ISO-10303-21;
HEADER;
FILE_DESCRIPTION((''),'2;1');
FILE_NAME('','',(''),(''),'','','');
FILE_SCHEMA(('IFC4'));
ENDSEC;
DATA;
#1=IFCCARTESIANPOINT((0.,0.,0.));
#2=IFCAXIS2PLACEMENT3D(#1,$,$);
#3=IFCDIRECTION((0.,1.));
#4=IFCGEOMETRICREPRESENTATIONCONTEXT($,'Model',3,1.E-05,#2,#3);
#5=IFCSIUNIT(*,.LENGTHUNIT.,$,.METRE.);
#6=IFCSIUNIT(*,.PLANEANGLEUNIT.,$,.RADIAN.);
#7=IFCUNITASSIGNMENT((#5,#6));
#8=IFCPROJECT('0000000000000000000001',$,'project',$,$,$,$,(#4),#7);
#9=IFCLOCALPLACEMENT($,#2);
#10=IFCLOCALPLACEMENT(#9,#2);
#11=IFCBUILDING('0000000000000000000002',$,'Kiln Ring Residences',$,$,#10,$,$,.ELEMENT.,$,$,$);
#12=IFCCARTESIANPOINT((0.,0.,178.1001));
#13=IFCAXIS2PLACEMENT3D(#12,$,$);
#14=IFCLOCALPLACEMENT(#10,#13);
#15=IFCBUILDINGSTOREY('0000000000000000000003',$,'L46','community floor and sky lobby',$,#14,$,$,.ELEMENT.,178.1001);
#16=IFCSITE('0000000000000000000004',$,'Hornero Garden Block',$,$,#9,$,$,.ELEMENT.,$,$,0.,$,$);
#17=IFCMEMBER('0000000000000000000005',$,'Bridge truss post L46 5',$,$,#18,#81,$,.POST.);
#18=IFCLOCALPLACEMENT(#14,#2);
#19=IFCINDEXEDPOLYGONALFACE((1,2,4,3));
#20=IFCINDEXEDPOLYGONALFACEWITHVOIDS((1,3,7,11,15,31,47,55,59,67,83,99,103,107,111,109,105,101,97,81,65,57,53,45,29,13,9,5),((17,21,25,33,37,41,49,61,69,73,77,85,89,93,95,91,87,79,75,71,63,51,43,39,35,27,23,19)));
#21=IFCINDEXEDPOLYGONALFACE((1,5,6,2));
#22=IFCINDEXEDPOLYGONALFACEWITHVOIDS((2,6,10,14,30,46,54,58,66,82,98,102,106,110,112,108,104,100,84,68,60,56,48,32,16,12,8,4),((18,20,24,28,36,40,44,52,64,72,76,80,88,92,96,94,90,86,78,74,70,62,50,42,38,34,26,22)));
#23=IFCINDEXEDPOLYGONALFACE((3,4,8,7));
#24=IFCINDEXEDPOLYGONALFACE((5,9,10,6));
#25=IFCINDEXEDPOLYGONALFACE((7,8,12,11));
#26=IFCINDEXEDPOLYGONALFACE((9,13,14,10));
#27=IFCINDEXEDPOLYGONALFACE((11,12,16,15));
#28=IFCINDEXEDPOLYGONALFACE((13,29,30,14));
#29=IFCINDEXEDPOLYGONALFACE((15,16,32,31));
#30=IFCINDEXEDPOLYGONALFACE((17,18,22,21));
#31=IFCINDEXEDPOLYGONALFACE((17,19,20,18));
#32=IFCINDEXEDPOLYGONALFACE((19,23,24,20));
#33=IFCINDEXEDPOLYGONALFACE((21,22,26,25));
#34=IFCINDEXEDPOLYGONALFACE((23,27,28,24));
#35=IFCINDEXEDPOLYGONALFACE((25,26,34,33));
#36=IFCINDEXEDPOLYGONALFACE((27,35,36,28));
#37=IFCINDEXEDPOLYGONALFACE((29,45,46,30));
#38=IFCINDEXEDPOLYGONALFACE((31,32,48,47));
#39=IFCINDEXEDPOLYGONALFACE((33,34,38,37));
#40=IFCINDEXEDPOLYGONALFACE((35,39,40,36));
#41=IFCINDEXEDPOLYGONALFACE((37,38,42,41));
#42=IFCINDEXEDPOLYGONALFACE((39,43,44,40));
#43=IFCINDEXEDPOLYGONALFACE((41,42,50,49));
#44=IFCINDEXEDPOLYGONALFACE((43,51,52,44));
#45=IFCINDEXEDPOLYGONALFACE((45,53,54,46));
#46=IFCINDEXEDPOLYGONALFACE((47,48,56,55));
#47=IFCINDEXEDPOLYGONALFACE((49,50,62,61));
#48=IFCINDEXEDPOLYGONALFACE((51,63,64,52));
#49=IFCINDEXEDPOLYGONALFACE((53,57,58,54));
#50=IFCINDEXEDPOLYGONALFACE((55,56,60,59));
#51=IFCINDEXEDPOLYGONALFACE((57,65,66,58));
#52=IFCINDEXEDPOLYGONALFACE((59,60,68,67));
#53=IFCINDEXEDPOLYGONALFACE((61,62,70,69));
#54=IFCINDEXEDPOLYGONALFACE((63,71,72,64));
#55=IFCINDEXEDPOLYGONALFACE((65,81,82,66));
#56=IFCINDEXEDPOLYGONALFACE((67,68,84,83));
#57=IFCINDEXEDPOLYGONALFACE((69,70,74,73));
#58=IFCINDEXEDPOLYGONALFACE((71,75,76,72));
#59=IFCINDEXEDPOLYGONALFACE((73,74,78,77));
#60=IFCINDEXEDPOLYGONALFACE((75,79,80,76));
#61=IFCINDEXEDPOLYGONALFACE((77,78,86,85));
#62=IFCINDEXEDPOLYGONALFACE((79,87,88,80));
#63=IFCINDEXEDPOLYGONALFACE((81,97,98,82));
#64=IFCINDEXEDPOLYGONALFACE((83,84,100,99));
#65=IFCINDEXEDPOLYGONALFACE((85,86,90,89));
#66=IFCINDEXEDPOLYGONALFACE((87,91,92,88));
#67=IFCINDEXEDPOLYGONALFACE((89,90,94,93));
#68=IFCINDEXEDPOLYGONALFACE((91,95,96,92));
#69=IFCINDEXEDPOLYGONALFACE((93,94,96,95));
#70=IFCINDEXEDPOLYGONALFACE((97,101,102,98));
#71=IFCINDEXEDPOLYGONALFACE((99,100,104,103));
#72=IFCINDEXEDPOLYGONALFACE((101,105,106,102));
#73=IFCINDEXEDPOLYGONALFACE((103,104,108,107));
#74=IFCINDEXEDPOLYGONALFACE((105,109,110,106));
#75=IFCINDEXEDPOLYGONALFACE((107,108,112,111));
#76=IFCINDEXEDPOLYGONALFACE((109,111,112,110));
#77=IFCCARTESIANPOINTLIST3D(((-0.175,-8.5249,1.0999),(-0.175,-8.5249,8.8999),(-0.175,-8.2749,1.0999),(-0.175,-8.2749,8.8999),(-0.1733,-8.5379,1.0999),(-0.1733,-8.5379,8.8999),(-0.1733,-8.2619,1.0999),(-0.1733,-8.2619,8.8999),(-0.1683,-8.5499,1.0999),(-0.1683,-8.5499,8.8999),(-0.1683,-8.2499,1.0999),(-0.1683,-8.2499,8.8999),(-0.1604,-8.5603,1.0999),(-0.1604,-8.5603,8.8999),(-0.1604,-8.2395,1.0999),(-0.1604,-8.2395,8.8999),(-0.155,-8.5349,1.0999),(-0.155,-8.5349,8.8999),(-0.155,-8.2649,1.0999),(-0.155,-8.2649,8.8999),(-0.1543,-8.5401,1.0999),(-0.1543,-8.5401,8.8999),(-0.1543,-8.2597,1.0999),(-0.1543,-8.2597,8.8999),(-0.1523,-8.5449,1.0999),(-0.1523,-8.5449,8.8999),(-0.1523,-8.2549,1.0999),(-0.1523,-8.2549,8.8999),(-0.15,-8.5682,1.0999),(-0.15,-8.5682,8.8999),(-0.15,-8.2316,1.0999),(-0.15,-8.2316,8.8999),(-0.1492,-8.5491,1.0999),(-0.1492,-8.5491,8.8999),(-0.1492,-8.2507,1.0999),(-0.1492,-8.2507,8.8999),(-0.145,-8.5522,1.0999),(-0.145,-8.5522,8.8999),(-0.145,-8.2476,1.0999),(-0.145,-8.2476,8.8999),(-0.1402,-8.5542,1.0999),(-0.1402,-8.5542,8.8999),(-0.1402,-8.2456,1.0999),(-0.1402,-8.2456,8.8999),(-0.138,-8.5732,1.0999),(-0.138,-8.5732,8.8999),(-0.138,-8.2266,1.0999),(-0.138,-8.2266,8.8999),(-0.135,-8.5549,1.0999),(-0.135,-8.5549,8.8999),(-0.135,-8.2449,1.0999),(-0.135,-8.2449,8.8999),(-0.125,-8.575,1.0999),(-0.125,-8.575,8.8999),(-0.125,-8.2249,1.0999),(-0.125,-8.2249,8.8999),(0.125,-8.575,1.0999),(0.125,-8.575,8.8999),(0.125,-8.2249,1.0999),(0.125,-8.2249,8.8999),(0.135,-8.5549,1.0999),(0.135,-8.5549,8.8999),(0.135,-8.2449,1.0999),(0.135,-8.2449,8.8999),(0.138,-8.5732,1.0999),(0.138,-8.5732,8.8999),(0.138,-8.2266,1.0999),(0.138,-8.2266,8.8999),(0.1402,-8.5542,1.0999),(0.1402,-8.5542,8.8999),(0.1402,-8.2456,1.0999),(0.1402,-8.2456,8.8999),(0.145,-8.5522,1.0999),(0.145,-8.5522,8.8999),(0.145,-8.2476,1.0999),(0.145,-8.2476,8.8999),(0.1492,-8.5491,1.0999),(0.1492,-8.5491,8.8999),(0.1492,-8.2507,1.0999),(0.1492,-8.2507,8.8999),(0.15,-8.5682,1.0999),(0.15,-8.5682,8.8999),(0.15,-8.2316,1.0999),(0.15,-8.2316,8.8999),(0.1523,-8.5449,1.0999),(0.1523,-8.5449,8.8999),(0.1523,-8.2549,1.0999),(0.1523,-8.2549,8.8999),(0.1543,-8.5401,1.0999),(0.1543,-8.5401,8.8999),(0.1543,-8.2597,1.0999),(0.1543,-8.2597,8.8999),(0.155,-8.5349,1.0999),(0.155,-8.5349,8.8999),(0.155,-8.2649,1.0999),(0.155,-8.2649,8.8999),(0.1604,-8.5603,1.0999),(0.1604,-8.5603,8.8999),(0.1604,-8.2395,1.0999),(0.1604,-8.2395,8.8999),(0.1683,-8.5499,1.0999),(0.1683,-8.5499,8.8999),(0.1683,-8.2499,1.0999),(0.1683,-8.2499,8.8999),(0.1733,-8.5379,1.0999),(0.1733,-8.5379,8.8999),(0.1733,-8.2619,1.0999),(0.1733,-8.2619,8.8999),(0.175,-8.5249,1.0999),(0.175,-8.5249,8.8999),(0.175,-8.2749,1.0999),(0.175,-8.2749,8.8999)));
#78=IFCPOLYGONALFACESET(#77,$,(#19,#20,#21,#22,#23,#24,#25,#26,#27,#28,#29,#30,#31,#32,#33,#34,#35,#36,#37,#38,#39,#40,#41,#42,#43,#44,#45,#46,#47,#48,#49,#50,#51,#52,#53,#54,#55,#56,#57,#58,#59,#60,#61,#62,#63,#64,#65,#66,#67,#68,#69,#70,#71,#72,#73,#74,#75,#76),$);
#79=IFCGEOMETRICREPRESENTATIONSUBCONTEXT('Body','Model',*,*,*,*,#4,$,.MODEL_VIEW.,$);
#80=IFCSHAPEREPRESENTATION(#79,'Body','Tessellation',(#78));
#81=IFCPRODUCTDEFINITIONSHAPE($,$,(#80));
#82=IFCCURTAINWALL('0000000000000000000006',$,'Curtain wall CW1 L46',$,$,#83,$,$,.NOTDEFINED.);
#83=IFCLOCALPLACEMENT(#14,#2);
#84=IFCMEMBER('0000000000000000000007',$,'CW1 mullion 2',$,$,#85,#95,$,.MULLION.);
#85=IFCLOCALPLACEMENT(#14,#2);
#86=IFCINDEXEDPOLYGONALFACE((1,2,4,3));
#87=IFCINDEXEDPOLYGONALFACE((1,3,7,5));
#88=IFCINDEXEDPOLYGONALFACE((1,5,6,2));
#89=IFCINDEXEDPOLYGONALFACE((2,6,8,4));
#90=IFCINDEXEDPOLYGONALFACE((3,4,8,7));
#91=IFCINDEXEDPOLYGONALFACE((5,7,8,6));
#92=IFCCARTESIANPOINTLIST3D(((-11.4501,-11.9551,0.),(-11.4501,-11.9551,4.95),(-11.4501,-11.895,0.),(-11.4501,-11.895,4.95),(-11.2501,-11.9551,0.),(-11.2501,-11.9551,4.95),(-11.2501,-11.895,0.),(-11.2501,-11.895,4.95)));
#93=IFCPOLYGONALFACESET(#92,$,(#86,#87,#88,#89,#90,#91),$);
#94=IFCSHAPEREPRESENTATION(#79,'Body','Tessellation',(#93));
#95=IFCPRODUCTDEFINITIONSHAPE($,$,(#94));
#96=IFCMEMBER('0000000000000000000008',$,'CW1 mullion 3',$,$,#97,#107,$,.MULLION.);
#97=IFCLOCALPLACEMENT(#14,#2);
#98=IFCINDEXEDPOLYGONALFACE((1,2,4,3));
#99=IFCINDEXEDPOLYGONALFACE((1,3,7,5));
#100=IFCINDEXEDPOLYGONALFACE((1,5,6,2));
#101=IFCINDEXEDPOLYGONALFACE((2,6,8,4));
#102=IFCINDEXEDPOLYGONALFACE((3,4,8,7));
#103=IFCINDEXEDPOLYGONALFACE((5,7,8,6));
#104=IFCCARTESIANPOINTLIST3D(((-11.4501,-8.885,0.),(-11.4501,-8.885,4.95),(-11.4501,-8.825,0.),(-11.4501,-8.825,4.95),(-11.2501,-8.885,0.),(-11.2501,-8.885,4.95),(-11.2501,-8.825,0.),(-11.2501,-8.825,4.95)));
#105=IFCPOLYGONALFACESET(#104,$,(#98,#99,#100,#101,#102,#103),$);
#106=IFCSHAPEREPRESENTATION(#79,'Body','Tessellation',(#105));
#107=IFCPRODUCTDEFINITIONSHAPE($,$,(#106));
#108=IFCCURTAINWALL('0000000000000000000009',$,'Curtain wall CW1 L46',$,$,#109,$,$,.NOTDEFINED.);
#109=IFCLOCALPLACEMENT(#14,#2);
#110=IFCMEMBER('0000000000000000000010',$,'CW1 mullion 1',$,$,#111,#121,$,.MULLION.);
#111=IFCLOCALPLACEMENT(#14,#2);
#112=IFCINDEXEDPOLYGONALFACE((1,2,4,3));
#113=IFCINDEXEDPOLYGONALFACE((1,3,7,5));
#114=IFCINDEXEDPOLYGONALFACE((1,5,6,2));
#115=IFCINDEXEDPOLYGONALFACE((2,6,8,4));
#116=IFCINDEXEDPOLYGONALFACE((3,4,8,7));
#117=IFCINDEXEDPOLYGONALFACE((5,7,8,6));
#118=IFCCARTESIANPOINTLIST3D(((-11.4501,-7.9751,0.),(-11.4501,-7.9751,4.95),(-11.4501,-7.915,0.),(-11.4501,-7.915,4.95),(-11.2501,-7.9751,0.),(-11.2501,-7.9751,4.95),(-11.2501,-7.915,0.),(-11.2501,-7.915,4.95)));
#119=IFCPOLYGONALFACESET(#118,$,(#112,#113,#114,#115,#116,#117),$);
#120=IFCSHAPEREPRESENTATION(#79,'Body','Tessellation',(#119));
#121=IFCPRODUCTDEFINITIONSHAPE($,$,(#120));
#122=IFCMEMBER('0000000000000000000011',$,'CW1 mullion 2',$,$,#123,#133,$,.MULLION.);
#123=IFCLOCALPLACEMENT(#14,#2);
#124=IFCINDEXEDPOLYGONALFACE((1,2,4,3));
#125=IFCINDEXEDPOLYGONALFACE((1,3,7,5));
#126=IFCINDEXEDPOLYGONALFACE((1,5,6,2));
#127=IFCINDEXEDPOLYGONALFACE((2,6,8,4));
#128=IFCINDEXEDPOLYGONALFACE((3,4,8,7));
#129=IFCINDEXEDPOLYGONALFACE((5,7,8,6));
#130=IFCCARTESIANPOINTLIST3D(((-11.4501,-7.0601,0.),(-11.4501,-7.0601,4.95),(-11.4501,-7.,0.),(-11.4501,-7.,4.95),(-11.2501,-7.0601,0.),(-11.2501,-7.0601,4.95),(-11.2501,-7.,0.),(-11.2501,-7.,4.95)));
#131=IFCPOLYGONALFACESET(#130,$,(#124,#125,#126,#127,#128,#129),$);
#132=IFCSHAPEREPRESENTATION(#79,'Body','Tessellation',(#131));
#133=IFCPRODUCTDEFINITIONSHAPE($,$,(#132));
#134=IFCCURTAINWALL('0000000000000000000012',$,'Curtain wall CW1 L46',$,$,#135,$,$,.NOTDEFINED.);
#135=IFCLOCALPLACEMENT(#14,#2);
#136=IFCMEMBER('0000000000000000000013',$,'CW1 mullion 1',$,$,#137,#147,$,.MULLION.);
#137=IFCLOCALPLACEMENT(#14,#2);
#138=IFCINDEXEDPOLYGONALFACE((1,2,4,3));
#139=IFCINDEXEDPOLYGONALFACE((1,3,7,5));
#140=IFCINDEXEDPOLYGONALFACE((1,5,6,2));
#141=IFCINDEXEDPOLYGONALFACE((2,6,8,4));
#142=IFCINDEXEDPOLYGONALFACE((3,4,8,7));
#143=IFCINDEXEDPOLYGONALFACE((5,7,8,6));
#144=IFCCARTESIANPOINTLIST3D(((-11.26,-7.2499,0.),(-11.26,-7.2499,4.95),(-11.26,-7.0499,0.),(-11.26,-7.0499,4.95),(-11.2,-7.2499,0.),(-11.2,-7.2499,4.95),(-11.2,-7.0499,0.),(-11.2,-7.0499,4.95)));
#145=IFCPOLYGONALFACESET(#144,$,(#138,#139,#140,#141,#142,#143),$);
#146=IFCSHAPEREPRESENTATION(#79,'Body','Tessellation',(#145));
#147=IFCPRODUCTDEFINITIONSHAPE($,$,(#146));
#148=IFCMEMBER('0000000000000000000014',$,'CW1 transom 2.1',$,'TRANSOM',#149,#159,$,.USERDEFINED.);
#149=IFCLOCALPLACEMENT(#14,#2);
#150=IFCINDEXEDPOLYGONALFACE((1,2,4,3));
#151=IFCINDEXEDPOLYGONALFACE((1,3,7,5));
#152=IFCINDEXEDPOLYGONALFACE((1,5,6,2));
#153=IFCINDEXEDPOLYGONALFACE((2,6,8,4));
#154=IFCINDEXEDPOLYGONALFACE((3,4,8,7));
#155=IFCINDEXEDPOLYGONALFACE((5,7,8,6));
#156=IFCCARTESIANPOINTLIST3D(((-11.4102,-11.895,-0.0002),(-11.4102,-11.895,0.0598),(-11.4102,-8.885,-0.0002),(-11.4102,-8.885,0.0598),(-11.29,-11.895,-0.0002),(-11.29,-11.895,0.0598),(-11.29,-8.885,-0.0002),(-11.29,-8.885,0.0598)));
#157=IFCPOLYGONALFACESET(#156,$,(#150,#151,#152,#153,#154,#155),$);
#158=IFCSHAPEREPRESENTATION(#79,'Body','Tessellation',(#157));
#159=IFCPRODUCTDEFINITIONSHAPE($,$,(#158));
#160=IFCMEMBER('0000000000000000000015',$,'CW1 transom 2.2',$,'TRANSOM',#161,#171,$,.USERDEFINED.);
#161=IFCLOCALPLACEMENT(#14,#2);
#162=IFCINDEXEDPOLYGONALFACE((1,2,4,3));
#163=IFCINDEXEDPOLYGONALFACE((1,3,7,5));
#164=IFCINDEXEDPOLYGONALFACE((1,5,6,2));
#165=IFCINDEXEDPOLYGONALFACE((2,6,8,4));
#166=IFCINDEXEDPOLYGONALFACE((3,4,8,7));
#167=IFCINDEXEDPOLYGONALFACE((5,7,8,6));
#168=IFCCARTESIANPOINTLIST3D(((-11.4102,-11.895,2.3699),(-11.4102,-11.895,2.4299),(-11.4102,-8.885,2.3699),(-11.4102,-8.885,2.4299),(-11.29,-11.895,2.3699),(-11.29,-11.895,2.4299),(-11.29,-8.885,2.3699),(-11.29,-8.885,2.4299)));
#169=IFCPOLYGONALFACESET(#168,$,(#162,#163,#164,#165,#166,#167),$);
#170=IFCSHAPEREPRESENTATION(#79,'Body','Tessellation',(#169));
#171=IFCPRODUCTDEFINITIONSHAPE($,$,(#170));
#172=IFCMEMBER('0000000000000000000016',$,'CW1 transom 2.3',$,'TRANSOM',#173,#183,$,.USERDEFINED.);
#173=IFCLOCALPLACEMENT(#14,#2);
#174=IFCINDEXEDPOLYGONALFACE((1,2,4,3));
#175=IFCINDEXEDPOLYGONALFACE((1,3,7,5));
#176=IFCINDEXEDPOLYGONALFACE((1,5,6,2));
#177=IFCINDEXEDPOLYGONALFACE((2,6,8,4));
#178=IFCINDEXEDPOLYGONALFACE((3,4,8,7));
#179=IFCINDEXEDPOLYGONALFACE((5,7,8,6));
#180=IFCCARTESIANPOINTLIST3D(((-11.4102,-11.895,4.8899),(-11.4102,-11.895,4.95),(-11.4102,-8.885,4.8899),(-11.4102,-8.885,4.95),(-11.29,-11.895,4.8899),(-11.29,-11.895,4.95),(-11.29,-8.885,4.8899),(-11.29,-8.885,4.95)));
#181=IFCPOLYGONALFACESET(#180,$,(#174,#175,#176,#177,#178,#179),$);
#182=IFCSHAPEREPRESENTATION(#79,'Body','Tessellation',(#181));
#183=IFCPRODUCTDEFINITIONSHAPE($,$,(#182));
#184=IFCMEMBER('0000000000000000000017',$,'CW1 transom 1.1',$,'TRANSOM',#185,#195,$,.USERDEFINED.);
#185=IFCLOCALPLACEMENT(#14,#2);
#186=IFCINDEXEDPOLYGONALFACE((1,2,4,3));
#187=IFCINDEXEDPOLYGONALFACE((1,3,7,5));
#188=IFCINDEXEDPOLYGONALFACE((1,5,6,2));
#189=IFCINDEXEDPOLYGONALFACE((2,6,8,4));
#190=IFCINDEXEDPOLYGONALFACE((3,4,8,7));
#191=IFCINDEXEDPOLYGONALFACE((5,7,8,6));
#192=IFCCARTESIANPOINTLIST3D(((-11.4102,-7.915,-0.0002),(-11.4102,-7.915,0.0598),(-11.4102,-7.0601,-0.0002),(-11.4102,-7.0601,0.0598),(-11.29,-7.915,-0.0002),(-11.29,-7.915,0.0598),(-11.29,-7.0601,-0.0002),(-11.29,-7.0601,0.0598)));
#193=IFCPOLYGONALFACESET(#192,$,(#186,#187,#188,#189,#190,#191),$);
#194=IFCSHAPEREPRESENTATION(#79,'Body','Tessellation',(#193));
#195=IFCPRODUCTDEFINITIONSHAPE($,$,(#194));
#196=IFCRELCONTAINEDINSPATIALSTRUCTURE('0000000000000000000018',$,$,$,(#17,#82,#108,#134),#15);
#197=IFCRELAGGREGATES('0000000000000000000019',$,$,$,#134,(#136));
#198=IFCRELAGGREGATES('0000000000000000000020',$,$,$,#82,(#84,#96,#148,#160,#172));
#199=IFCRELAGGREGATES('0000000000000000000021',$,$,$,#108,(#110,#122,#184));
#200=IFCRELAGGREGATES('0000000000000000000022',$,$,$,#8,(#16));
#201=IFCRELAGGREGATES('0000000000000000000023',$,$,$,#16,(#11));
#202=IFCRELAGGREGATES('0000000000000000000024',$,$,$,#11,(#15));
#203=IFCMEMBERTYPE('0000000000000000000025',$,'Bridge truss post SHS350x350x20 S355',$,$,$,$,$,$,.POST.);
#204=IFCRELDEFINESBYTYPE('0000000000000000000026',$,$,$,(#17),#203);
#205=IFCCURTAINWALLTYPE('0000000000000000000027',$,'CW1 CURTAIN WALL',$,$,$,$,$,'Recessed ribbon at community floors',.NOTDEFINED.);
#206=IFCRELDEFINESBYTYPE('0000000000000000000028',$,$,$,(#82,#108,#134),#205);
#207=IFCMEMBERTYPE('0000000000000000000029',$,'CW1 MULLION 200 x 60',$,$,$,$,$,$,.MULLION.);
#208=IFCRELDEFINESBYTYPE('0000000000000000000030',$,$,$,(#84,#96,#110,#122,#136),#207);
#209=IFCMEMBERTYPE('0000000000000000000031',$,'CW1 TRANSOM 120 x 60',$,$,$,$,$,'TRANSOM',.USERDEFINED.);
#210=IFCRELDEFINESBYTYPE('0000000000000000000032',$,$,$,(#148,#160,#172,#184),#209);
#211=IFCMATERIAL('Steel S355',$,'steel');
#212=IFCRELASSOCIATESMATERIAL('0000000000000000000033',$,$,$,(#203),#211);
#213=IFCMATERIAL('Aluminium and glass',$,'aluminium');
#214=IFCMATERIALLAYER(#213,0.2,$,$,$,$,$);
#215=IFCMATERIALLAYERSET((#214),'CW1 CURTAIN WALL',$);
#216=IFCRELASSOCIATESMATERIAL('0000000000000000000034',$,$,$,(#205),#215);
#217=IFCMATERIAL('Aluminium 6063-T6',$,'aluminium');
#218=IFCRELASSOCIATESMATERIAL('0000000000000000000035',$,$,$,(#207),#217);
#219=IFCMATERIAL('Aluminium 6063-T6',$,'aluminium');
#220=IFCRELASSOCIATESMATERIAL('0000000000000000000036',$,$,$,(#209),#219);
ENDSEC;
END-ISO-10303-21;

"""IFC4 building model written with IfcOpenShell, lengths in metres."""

from ifc_helpers import new_model, si_unit, direction, frame, origin, origin_2d, place, context, subcontext, project, spatial, rectangle, hollow_rectangle, extrude, material, layer, layer_set, material_profile, profile_set, type_object, element, aggregate, save


model = new_model("IFC4")

# Units and contexts
model_context = context("Model", 3, precision=1e-05, world=origin(), true_north=direction((0.0, 1.0)))
body_context = subcontext(model_context, "Body", "Model", "MODEL_VIEW")
ifc_project = project(units=[si_unit("LENGTHUNIT", "METRE"), si_unit("PLANEANGLEUNIT", "RADIAN")], contexts=[model_context])

# Site, building, storey
site_placement = place(None, origin())
site = spatial("IfcSite", under=ifc_project, at=site_placement, Name="Hornero Garden Block", CompositionType="ELEMENT", RefElevation=0.0)
building_placement = place(site_placement, origin())
building = spatial("IfcBuilding", under=site, at=building_placement, Name="Kiln Ring Residences", CompositionType="ELEMENT")
storey_placement = place(building_placement, frame((0.0, 0.0, 178.1001)))
storey = spatial("IfcBuildingStorey", under=building, at=storey_placement, Name="L46", Description="community floor and sky lobby", CompositionType="ELEMENT", Elevation=178.1001)

# Member
ifc_material_1 = material(Name="Steel S355", Category="steel")
ifc_material_profile_1 = material_profile(ifc_material_1, hollow_rectangle(XDim=0.3501, YDim=0.3501, WallThickness=0.02, InnerFilletRadius=0.02, OuterFilletRadius=0.05, at=origin_2d()), Name="SHS350x350x20")
ifc_profile_set_1 = profile_set([ifc_material_profile_1], Name="Steel S355")
member_type_1 = type_object("IfcMemberType", Name="Bridge truss post SHS350x350x20 S355", PredefinedType="POST", material=ifc_profile_set_1)
for number, where, z_axis, x_axis, name in (
    (1, (0.0, -8.3999, 1.0999), (0.0, 0.0, 1.0), (1.0, 0.0, 0.0), "Bridge truss post L46 5"),
):
    element("IfcMember", number, at=place(storey_placement, frame(where, z_axis=z_axis, x_axis=x_axis)), inside=storey, type_object=member_type_1, Name=name, PredefinedType="POST", context=body_context, shape_type="SweptSolid", body=[
        extrude(hollow_rectangle(XDim=0.3501, YDim=0.3501, WallThickness=0.02, InnerFilletRadius=0.02, OuterFilletRadius=0.05, at=origin_2d()), origin(), (0.0, 0.0, 1.0), 7.8),
    ])

# Curtain walls, members
ifc_material_2 = material(Name="Aluminium and glass", Category="aluminium")
ifc_layer_1 = layer(ifc_material_2, 0.2)
ifc_layer_set_1 = layer_set([ifc_layer_1], Name="CW1 CURTAIN WALL")
curtain_wall_type = type_object("IfcCurtainWallType", Name="CW1 CURTAIN WALL", ElementType="Recessed ribbon at community floors", PredefinedType="NOTDEFINED", material=ifc_layer_set_1)
placement = place(storey_placement, origin())
curtain_wall_1 = element("IfcCurtainWall", 2, at=placement, inside=storey, type_object=curtain_wall_type, Name="Curtain wall CW1 L46", PredefinedType="NOTDEFINED")
ifc_material_3 = material(Name="Aluminium 6063-T6", Category="aluminium")
ifc_material_profile_2 = material_profile(ifc_material_3, rectangle(XDim=0.2, YDim=0.0601, at=origin_2d()), Name="AL 200x60")
ifc_profile_set_2 = profile_set([ifc_material_profile_2], Name="Aluminium 6063-T6")
member_type_2 = type_object("IfcMemberType", Name="CW1 MULLION 200 x 60", PredefinedType="MULLION", material=ifc_profile_set_2)
member_1_placement = place(storey_placement, frame((-11.3501, -11.925, 0.0), z_axis=(0.0, 0.0, 1.0), x_axis=(-1.0, 0.0, 0.0)))
member_1 = element("IfcMember", 3, at=member_1_placement, type_object=member_type_2, Name="CW1 mullion 2", PredefinedType="MULLION", context=body_context, shape_type="SweptSolid", body=[
    extrude(rectangle(XDim=0.2, YDim=0.0601, at=origin_2d()), origin(), (0.0, 0.0, 1.0), 4.95),
])
member_2_placement = place(storey_placement, frame((-11.3501, -8.855, 0.0), z_axis=(0.0, 0.0, 1.0), x_axis=(-1.0, 0.0, 0.0)))
member_2 = element("IfcMember", 4, at=member_2_placement, type_object=member_type_2, Name="CW1 mullion 3", PredefinedType="MULLION", context=body_context, shape_type="SweptSolid", body=[
    extrude(rectangle(XDim=0.2, YDim=0.0601, at=origin_2d()), origin(), (0.0, 0.0, 1.0), 4.95),
])
curtain_wall_2 = element("IfcCurtainWall", 5, at=placement, inside=storey, type_object=curtain_wall_type, Name="Curtain wall CW1 L46", PredefinedType="NOTDEFINED")
member_3_placement = place(storey_placement, frame((-11.3501, -7.9451, 0.0), z_axis=(0.0, 0.0, 1.0), x_axis=(-1.0, 0.0, 0.0)))
member_3 = element("IfcMember", 6, at=member_3_placement, type_object=member_type_2, Name="CW1 mullion 1", PredefinedType="MULLION", context=body_context, shape_type="SweptSolid", body=[
    extrude(rectangle(XDim=0.2, YDim=0.0601, at=origin_2d()), origin(), (0.0, 0.0, 1.0), 4.95),
])
member_4_placement = place(storey_placement, frame((-11.3501, -7.03, 0.0), z_axis=(0.0, 0.0, 1.0), x_axis=(-1.0, 0.0, 0.0)))
member_4 = element("IfcMember", 7, at=member_4_placement, type_object=member_type_2, Name="CW1 mullion 2", PredefinedType="MULLION", context=body_context, shape_type="SweptSolid", body=[
    extrude(rectangle(XDim=0.2, YDim=0.0601, at=origin_2d()), origin(), (0.0, 0.0, 1.0), 4.95),
])

# Curtain wall, member
curtain_wall_3 = element("IfcCurtainWall", 8, at=placement, inside=storey, type_object=curtain_wall_type, Name="Curtain wall CW1 L46", PredefinedType="NOTDEFINED")
member_5_placement = place(storey_placement, frame((-11.23, -7.1499, 0.0), z_axis=(0.0, 0.0, 1.0), x_axis=(0.0, -1.0, 0.0)))
member_5 = element("IfcMember", 9, at=member_5_placement, type_object=member_type_2, Name="CW1 mullion 1", PredefinedType="MULLION", context=body_context, shape_type="SweptSolid", body=[
    extrude(rectangle(XDim=0.2, YDim=0.0601, at=origin_2d()), origin(), (0.0, 0.0, 1.0), 4.95),
])

# Members
ifc_material_4 = material(Name="Aluminium 6063-T6", Category="aluminium")
ifc_material_profile_3 = material_profile(ifc_material_4, rectangle(XDim=0.1201, YDim=0.0601, at=origin_2d()), Name="AL 120x60")
ifc_profile_set_3 = profile_set([ifc_material_profile_3], Name="Aluminium 6063-T6")
member_type_3 = type_object("IfcMemberType", Name="CW1 TRANSOM 120 x 60", ElementType="TRANSOM", PredefinedType="USERDEFINED", material=ifc_profile_set_3)
member_6_placement = place(storey_placement, frame((-11.3501, -11.895, 0.0298), z_axis=(0.0, 1.0, 0.0), x_axis=(-1.0, 0.0, 0.0)))
member_6 = element("IfcMember", 10, at=member_6_placement, type_object=member_type_3, Name="CW1 transom 2.1", ObjectType="TRANSOM", PredefinedType="USERDEFINED", context=body_context, shape_type="SweptSolid", body=[
    extrude(rectangle(XDim=0.1201, YDim=0.0601, at=origin_2d()), origin(), (0.0, 0.0, 1.0), 3.01),
])
member_7_placement = place(storey_placement, frame((-11.3501, -11.895, 2.3999), z_axis=(0.0, 1.0, 0.0), x_axis=(-1.0, 0.0, 0.0)))
member_7 = element("IfcMember", 11, at=member_7_placement, type_object=member_type_3, Name="CW1 transom 2.2", ObjectType="TRANSOM", PredefinedType="USERDEFINED", context=body_context, shape_type="SweptSolid", body=[
    extrude(rectangle(XDim=0.1201, YDim=0.0601, at=origin_2d()), origin(), (0.0, 0.0, 1.0), 3.01),
])
member_8_placement = place(storey_placement, frame((-11.3501, -11.895, 4.9199), z_axis=(0.0, 1.0, 0.0), x_axis=(-1.0, 0.0, 0.0)))
member_8 = element("IfcMember", 12, at=member_8_placement, type_object=member_type_3, Name="CW1 transom 2.3", ObjectType="TRANSOM", PredefinedType="USERDEFINED", context=body_context, shape_type="SweptSolid", body=[
    extrude(rectangle(XDim=0.1201, YDim=0.0601, at=origin_2d()), origin(), (0.0, 0.0, 1.0), 3.01),
])
member_9_placement = place(storey_placement, frame((-11.3501, -7.915, 0.0298), z_axis=(0.0, 1.0, 0.0), x_axis=(-1.0, 0.0, 0.0)))
member_9 = element("IfcMember", 13, at=member_9_placement, type_object=member_type_3, Name="CW1 transom 1.1", ObjectType="TRANSOM", PredefinedType="USERDEFINED", context=body_context, shape_type="SweptSolid", body=[
    extrude(rectangle(XDim=0.1201, YDim=0.0601, at=origin_2d()), origin(), (0.0, 0.0, 1.0), 0.855),
])
aggregate(curtain_wall_3, [member_5])

aggregate(curtain_wall_1, [member_1, member_2, member_6, member_7, member_8])
aggregate(curtain_wall_2, [member_3, member_4, member_9])

save(model, "model.ifc")
